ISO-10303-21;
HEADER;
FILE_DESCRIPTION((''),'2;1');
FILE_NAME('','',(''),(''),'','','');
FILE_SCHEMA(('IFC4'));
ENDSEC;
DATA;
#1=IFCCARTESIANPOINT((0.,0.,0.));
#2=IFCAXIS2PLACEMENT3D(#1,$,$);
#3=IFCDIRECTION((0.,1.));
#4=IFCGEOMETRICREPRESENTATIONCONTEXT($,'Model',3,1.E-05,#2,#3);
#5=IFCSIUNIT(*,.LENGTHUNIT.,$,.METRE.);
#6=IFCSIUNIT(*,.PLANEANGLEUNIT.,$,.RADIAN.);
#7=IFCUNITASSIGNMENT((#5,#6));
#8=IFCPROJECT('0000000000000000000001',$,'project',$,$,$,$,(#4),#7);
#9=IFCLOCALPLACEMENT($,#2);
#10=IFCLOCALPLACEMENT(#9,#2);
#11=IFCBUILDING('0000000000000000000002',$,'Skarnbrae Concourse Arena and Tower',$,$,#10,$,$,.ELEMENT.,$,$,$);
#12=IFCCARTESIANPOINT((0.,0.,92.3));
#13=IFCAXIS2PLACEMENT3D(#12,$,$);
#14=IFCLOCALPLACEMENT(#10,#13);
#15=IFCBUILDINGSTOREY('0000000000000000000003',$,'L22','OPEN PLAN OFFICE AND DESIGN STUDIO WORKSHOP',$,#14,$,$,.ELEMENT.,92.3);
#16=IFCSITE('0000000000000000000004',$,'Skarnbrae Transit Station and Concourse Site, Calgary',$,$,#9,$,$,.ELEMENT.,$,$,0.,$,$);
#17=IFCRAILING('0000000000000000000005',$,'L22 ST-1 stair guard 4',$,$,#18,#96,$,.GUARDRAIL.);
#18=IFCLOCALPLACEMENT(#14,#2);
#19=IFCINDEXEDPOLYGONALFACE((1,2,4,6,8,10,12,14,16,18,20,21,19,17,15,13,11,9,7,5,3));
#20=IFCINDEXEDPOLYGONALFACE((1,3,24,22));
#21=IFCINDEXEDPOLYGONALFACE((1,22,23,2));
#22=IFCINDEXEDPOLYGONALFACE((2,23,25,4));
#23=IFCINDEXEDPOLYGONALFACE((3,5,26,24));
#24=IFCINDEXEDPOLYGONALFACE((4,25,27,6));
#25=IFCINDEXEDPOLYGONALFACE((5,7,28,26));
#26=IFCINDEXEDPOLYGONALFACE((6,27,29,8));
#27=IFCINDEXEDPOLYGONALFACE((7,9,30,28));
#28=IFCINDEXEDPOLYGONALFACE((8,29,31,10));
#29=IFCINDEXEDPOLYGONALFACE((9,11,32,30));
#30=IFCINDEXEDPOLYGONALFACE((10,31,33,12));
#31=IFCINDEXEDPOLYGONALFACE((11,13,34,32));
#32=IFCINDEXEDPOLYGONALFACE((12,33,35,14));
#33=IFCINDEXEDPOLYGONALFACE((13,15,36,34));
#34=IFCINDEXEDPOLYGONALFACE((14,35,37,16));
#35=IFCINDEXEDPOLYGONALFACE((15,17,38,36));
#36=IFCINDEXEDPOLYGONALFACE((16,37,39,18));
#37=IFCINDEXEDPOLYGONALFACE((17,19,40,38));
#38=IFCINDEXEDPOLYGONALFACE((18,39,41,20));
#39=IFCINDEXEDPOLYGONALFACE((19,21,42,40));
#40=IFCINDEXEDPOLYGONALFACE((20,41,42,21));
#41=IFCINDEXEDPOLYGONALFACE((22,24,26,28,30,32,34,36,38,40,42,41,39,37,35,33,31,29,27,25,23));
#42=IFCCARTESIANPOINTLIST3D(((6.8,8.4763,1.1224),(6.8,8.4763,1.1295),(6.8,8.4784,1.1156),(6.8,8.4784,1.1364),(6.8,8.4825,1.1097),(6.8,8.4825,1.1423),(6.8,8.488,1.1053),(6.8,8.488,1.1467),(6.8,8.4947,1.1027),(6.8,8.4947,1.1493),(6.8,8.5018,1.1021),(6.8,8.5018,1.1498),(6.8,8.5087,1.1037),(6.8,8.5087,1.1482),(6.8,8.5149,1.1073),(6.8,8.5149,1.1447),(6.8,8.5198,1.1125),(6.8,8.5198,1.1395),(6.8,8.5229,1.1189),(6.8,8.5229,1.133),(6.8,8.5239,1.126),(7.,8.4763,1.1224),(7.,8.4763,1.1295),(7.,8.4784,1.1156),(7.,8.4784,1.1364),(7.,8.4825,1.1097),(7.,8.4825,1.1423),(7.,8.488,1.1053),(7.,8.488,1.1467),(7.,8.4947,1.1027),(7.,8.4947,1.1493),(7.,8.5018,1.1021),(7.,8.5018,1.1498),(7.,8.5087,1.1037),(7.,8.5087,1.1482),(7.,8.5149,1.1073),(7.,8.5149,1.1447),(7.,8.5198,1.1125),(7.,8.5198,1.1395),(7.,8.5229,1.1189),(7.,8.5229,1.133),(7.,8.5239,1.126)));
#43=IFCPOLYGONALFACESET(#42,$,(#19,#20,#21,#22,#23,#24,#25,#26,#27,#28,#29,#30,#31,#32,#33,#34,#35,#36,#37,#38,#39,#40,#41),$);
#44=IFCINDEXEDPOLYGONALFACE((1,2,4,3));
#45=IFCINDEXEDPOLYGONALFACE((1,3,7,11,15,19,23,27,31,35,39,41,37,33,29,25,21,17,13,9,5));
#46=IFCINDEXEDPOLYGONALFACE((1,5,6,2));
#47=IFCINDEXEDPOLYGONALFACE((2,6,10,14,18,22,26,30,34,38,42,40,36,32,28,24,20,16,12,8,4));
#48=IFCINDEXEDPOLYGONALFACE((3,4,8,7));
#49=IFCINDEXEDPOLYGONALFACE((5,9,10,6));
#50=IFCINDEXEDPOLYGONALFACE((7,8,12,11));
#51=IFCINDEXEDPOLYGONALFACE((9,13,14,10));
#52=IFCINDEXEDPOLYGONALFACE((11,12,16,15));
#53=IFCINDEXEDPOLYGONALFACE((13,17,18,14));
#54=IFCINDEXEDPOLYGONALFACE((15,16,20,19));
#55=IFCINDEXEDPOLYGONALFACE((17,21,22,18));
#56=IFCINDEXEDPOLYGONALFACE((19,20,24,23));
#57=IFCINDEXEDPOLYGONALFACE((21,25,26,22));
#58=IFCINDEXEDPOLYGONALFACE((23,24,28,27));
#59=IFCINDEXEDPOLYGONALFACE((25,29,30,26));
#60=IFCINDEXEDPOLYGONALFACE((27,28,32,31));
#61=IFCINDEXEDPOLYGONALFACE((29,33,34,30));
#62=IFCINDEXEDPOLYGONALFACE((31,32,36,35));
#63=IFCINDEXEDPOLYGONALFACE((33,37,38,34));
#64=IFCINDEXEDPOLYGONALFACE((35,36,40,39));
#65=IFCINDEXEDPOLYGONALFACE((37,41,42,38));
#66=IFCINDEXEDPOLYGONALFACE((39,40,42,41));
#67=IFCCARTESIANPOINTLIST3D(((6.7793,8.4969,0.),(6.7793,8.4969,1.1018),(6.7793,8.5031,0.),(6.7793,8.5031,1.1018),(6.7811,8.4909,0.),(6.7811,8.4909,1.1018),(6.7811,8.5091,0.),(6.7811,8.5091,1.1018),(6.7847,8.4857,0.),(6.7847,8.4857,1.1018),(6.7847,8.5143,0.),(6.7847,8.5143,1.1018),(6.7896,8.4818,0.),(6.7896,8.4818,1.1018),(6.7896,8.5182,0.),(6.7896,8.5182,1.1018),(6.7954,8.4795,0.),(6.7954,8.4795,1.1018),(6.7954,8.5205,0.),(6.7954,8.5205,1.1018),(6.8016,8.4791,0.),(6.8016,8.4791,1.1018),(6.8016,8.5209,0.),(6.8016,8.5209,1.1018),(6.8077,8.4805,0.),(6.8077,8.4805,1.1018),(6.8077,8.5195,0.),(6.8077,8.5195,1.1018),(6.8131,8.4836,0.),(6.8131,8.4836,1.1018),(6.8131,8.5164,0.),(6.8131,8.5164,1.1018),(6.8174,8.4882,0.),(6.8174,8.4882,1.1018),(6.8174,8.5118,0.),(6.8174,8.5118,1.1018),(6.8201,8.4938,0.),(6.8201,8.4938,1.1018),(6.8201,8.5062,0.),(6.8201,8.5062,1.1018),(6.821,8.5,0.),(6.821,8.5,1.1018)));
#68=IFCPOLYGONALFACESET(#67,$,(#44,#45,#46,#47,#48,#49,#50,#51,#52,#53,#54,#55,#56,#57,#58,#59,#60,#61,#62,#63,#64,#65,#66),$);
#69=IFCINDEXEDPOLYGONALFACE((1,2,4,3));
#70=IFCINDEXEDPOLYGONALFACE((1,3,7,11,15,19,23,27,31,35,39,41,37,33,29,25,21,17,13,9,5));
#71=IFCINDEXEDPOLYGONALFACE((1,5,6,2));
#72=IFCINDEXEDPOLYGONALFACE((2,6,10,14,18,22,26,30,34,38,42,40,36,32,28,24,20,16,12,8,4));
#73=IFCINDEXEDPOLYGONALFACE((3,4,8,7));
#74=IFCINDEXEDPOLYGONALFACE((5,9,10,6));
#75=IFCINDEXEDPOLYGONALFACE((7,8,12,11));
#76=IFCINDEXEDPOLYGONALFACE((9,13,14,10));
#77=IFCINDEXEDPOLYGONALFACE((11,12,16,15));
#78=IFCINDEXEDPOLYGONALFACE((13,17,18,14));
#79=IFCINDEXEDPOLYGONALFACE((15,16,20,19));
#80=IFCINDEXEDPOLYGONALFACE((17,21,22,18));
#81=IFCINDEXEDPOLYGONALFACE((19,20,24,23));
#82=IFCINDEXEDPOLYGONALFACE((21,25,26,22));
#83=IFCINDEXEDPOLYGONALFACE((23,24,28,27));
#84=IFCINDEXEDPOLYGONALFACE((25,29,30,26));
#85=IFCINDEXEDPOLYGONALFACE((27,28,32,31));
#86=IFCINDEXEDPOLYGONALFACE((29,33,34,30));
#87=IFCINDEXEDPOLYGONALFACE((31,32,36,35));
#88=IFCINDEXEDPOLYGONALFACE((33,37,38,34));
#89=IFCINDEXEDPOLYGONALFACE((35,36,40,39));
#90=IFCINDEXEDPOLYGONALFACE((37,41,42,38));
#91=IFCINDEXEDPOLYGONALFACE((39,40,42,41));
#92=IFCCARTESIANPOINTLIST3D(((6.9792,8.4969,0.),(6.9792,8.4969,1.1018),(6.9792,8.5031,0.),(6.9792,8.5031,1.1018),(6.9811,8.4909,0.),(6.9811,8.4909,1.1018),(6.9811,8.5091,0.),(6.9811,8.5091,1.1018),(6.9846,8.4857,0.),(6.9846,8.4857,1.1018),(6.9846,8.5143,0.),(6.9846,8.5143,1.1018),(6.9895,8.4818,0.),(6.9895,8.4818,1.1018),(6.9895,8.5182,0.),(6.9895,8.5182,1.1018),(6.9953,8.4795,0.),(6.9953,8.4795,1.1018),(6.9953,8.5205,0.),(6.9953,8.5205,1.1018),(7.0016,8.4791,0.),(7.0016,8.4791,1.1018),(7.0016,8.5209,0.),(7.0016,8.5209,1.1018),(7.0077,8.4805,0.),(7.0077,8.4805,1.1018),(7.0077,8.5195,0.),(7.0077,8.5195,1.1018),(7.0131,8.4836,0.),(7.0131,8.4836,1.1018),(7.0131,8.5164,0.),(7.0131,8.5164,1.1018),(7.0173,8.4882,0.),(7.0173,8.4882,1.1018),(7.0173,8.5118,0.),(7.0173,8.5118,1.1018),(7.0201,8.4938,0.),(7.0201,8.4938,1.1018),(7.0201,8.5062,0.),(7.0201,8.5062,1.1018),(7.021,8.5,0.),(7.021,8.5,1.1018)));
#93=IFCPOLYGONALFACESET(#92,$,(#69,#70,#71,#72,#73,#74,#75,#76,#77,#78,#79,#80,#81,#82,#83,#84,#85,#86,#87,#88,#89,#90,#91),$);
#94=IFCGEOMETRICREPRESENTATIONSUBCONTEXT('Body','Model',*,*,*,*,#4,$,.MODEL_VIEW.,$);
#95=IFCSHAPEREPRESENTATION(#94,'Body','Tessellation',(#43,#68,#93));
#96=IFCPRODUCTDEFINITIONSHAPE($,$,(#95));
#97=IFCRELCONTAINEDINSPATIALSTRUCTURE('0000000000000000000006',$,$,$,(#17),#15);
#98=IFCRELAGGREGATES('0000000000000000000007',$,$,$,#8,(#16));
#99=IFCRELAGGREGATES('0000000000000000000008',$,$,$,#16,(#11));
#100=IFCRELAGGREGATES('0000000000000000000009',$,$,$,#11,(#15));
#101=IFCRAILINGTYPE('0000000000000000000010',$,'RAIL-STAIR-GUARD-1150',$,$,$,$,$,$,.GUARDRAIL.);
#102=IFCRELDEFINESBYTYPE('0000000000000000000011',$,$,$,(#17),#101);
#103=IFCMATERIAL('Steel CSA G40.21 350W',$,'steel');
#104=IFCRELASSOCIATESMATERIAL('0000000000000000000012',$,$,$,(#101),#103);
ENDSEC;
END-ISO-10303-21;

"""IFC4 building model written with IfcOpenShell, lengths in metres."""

from ifc_helpers import new_model, si_unit, direction, frame, origin, origin_2d, place, context, subcontext, project, spatial, circle, extrude, material, type_object, element, save


model = new_model("IFC4")

# Units and contexts
model_context = context("Model", 3, precision=1e-05, world=origin(), true_north=direction((0.0, 1.0)))
body_context = subcontext(model_context, "Body", "Model", "MODEL_VIEW")
ifc_project = project(units=[si_unit("LENGTHUNIT", "METRE"), si_unit("PLANEANGLEUNIT", "RADIAN")], contexts=[model_context])

# Site, building, storey
site_placement = place(None, origin())
site = spatial("IfcSite", under=ifc_project, at=site_placement, Name="Skarnbrae Transit Station and Concourse Site, Calgary", CompositionType="ELEMENT", RefElevation=0.0)
building_placement = place(site_placement, origin())
building = spatial("IfcBuilding", under=site, at=building_placement, Name="Skarnbrae Concourse Arena and Tower", CompositionType="ELEMENT")
storey_placement = place(building_placement, frame((0.0, 0.0, 92.3)))
storey = spatial("IfcBuildingStorey", under=building, at=storey_placement, Name="L22", Description="OPEN PLAN OFFICE AND DESIGN STUDIO WORKSHOP", CompositionType="ELEMENT", Elevation=92.3)

# Shared definitions
ifc_material_1 = material(Name="Steel CSA G40.21 350W", Category="steel")

# Railing
railing_type_1 = type_object("IfcRailingType", Name="RAIL-STAIR-GUARD-1150", PredefinedType="GUARDRAIL", material=ifc_material_1)
railing_1_placement = place(storey_placement, frame((6.8, 8.5, 0.0)))
element("IfcRailing", 1, at=railing_1_placement, inside=storey, type_object=railing_type_1, Name="L22 ST-1 stair guard 4", PredefinedType="GUARDRAIL", context=body_context, shape_type="SweptSolid", body=[
    extrude(circle(Radius=0.0239, at=origin_2d()), frame((0.0, 0.0, 1.126), z_axis=(1.0, 0.0, 0.0), x_axis=(0.0, 1.0, 0.0)), (0.0, 0.0, 1.0), 0.2),
    extrude(circle(Radius=0.021, at=origin_2d()), origin(), (0.0, 0.0, 1.0), 1.1018),
    extrude(circle(Radius=0.021, at=origin_2d()), frame((0.2, 0.0, 0.0)), (0.0, 0.0, 1.0), 1.1018),
])

save(model, "model.ifc")
